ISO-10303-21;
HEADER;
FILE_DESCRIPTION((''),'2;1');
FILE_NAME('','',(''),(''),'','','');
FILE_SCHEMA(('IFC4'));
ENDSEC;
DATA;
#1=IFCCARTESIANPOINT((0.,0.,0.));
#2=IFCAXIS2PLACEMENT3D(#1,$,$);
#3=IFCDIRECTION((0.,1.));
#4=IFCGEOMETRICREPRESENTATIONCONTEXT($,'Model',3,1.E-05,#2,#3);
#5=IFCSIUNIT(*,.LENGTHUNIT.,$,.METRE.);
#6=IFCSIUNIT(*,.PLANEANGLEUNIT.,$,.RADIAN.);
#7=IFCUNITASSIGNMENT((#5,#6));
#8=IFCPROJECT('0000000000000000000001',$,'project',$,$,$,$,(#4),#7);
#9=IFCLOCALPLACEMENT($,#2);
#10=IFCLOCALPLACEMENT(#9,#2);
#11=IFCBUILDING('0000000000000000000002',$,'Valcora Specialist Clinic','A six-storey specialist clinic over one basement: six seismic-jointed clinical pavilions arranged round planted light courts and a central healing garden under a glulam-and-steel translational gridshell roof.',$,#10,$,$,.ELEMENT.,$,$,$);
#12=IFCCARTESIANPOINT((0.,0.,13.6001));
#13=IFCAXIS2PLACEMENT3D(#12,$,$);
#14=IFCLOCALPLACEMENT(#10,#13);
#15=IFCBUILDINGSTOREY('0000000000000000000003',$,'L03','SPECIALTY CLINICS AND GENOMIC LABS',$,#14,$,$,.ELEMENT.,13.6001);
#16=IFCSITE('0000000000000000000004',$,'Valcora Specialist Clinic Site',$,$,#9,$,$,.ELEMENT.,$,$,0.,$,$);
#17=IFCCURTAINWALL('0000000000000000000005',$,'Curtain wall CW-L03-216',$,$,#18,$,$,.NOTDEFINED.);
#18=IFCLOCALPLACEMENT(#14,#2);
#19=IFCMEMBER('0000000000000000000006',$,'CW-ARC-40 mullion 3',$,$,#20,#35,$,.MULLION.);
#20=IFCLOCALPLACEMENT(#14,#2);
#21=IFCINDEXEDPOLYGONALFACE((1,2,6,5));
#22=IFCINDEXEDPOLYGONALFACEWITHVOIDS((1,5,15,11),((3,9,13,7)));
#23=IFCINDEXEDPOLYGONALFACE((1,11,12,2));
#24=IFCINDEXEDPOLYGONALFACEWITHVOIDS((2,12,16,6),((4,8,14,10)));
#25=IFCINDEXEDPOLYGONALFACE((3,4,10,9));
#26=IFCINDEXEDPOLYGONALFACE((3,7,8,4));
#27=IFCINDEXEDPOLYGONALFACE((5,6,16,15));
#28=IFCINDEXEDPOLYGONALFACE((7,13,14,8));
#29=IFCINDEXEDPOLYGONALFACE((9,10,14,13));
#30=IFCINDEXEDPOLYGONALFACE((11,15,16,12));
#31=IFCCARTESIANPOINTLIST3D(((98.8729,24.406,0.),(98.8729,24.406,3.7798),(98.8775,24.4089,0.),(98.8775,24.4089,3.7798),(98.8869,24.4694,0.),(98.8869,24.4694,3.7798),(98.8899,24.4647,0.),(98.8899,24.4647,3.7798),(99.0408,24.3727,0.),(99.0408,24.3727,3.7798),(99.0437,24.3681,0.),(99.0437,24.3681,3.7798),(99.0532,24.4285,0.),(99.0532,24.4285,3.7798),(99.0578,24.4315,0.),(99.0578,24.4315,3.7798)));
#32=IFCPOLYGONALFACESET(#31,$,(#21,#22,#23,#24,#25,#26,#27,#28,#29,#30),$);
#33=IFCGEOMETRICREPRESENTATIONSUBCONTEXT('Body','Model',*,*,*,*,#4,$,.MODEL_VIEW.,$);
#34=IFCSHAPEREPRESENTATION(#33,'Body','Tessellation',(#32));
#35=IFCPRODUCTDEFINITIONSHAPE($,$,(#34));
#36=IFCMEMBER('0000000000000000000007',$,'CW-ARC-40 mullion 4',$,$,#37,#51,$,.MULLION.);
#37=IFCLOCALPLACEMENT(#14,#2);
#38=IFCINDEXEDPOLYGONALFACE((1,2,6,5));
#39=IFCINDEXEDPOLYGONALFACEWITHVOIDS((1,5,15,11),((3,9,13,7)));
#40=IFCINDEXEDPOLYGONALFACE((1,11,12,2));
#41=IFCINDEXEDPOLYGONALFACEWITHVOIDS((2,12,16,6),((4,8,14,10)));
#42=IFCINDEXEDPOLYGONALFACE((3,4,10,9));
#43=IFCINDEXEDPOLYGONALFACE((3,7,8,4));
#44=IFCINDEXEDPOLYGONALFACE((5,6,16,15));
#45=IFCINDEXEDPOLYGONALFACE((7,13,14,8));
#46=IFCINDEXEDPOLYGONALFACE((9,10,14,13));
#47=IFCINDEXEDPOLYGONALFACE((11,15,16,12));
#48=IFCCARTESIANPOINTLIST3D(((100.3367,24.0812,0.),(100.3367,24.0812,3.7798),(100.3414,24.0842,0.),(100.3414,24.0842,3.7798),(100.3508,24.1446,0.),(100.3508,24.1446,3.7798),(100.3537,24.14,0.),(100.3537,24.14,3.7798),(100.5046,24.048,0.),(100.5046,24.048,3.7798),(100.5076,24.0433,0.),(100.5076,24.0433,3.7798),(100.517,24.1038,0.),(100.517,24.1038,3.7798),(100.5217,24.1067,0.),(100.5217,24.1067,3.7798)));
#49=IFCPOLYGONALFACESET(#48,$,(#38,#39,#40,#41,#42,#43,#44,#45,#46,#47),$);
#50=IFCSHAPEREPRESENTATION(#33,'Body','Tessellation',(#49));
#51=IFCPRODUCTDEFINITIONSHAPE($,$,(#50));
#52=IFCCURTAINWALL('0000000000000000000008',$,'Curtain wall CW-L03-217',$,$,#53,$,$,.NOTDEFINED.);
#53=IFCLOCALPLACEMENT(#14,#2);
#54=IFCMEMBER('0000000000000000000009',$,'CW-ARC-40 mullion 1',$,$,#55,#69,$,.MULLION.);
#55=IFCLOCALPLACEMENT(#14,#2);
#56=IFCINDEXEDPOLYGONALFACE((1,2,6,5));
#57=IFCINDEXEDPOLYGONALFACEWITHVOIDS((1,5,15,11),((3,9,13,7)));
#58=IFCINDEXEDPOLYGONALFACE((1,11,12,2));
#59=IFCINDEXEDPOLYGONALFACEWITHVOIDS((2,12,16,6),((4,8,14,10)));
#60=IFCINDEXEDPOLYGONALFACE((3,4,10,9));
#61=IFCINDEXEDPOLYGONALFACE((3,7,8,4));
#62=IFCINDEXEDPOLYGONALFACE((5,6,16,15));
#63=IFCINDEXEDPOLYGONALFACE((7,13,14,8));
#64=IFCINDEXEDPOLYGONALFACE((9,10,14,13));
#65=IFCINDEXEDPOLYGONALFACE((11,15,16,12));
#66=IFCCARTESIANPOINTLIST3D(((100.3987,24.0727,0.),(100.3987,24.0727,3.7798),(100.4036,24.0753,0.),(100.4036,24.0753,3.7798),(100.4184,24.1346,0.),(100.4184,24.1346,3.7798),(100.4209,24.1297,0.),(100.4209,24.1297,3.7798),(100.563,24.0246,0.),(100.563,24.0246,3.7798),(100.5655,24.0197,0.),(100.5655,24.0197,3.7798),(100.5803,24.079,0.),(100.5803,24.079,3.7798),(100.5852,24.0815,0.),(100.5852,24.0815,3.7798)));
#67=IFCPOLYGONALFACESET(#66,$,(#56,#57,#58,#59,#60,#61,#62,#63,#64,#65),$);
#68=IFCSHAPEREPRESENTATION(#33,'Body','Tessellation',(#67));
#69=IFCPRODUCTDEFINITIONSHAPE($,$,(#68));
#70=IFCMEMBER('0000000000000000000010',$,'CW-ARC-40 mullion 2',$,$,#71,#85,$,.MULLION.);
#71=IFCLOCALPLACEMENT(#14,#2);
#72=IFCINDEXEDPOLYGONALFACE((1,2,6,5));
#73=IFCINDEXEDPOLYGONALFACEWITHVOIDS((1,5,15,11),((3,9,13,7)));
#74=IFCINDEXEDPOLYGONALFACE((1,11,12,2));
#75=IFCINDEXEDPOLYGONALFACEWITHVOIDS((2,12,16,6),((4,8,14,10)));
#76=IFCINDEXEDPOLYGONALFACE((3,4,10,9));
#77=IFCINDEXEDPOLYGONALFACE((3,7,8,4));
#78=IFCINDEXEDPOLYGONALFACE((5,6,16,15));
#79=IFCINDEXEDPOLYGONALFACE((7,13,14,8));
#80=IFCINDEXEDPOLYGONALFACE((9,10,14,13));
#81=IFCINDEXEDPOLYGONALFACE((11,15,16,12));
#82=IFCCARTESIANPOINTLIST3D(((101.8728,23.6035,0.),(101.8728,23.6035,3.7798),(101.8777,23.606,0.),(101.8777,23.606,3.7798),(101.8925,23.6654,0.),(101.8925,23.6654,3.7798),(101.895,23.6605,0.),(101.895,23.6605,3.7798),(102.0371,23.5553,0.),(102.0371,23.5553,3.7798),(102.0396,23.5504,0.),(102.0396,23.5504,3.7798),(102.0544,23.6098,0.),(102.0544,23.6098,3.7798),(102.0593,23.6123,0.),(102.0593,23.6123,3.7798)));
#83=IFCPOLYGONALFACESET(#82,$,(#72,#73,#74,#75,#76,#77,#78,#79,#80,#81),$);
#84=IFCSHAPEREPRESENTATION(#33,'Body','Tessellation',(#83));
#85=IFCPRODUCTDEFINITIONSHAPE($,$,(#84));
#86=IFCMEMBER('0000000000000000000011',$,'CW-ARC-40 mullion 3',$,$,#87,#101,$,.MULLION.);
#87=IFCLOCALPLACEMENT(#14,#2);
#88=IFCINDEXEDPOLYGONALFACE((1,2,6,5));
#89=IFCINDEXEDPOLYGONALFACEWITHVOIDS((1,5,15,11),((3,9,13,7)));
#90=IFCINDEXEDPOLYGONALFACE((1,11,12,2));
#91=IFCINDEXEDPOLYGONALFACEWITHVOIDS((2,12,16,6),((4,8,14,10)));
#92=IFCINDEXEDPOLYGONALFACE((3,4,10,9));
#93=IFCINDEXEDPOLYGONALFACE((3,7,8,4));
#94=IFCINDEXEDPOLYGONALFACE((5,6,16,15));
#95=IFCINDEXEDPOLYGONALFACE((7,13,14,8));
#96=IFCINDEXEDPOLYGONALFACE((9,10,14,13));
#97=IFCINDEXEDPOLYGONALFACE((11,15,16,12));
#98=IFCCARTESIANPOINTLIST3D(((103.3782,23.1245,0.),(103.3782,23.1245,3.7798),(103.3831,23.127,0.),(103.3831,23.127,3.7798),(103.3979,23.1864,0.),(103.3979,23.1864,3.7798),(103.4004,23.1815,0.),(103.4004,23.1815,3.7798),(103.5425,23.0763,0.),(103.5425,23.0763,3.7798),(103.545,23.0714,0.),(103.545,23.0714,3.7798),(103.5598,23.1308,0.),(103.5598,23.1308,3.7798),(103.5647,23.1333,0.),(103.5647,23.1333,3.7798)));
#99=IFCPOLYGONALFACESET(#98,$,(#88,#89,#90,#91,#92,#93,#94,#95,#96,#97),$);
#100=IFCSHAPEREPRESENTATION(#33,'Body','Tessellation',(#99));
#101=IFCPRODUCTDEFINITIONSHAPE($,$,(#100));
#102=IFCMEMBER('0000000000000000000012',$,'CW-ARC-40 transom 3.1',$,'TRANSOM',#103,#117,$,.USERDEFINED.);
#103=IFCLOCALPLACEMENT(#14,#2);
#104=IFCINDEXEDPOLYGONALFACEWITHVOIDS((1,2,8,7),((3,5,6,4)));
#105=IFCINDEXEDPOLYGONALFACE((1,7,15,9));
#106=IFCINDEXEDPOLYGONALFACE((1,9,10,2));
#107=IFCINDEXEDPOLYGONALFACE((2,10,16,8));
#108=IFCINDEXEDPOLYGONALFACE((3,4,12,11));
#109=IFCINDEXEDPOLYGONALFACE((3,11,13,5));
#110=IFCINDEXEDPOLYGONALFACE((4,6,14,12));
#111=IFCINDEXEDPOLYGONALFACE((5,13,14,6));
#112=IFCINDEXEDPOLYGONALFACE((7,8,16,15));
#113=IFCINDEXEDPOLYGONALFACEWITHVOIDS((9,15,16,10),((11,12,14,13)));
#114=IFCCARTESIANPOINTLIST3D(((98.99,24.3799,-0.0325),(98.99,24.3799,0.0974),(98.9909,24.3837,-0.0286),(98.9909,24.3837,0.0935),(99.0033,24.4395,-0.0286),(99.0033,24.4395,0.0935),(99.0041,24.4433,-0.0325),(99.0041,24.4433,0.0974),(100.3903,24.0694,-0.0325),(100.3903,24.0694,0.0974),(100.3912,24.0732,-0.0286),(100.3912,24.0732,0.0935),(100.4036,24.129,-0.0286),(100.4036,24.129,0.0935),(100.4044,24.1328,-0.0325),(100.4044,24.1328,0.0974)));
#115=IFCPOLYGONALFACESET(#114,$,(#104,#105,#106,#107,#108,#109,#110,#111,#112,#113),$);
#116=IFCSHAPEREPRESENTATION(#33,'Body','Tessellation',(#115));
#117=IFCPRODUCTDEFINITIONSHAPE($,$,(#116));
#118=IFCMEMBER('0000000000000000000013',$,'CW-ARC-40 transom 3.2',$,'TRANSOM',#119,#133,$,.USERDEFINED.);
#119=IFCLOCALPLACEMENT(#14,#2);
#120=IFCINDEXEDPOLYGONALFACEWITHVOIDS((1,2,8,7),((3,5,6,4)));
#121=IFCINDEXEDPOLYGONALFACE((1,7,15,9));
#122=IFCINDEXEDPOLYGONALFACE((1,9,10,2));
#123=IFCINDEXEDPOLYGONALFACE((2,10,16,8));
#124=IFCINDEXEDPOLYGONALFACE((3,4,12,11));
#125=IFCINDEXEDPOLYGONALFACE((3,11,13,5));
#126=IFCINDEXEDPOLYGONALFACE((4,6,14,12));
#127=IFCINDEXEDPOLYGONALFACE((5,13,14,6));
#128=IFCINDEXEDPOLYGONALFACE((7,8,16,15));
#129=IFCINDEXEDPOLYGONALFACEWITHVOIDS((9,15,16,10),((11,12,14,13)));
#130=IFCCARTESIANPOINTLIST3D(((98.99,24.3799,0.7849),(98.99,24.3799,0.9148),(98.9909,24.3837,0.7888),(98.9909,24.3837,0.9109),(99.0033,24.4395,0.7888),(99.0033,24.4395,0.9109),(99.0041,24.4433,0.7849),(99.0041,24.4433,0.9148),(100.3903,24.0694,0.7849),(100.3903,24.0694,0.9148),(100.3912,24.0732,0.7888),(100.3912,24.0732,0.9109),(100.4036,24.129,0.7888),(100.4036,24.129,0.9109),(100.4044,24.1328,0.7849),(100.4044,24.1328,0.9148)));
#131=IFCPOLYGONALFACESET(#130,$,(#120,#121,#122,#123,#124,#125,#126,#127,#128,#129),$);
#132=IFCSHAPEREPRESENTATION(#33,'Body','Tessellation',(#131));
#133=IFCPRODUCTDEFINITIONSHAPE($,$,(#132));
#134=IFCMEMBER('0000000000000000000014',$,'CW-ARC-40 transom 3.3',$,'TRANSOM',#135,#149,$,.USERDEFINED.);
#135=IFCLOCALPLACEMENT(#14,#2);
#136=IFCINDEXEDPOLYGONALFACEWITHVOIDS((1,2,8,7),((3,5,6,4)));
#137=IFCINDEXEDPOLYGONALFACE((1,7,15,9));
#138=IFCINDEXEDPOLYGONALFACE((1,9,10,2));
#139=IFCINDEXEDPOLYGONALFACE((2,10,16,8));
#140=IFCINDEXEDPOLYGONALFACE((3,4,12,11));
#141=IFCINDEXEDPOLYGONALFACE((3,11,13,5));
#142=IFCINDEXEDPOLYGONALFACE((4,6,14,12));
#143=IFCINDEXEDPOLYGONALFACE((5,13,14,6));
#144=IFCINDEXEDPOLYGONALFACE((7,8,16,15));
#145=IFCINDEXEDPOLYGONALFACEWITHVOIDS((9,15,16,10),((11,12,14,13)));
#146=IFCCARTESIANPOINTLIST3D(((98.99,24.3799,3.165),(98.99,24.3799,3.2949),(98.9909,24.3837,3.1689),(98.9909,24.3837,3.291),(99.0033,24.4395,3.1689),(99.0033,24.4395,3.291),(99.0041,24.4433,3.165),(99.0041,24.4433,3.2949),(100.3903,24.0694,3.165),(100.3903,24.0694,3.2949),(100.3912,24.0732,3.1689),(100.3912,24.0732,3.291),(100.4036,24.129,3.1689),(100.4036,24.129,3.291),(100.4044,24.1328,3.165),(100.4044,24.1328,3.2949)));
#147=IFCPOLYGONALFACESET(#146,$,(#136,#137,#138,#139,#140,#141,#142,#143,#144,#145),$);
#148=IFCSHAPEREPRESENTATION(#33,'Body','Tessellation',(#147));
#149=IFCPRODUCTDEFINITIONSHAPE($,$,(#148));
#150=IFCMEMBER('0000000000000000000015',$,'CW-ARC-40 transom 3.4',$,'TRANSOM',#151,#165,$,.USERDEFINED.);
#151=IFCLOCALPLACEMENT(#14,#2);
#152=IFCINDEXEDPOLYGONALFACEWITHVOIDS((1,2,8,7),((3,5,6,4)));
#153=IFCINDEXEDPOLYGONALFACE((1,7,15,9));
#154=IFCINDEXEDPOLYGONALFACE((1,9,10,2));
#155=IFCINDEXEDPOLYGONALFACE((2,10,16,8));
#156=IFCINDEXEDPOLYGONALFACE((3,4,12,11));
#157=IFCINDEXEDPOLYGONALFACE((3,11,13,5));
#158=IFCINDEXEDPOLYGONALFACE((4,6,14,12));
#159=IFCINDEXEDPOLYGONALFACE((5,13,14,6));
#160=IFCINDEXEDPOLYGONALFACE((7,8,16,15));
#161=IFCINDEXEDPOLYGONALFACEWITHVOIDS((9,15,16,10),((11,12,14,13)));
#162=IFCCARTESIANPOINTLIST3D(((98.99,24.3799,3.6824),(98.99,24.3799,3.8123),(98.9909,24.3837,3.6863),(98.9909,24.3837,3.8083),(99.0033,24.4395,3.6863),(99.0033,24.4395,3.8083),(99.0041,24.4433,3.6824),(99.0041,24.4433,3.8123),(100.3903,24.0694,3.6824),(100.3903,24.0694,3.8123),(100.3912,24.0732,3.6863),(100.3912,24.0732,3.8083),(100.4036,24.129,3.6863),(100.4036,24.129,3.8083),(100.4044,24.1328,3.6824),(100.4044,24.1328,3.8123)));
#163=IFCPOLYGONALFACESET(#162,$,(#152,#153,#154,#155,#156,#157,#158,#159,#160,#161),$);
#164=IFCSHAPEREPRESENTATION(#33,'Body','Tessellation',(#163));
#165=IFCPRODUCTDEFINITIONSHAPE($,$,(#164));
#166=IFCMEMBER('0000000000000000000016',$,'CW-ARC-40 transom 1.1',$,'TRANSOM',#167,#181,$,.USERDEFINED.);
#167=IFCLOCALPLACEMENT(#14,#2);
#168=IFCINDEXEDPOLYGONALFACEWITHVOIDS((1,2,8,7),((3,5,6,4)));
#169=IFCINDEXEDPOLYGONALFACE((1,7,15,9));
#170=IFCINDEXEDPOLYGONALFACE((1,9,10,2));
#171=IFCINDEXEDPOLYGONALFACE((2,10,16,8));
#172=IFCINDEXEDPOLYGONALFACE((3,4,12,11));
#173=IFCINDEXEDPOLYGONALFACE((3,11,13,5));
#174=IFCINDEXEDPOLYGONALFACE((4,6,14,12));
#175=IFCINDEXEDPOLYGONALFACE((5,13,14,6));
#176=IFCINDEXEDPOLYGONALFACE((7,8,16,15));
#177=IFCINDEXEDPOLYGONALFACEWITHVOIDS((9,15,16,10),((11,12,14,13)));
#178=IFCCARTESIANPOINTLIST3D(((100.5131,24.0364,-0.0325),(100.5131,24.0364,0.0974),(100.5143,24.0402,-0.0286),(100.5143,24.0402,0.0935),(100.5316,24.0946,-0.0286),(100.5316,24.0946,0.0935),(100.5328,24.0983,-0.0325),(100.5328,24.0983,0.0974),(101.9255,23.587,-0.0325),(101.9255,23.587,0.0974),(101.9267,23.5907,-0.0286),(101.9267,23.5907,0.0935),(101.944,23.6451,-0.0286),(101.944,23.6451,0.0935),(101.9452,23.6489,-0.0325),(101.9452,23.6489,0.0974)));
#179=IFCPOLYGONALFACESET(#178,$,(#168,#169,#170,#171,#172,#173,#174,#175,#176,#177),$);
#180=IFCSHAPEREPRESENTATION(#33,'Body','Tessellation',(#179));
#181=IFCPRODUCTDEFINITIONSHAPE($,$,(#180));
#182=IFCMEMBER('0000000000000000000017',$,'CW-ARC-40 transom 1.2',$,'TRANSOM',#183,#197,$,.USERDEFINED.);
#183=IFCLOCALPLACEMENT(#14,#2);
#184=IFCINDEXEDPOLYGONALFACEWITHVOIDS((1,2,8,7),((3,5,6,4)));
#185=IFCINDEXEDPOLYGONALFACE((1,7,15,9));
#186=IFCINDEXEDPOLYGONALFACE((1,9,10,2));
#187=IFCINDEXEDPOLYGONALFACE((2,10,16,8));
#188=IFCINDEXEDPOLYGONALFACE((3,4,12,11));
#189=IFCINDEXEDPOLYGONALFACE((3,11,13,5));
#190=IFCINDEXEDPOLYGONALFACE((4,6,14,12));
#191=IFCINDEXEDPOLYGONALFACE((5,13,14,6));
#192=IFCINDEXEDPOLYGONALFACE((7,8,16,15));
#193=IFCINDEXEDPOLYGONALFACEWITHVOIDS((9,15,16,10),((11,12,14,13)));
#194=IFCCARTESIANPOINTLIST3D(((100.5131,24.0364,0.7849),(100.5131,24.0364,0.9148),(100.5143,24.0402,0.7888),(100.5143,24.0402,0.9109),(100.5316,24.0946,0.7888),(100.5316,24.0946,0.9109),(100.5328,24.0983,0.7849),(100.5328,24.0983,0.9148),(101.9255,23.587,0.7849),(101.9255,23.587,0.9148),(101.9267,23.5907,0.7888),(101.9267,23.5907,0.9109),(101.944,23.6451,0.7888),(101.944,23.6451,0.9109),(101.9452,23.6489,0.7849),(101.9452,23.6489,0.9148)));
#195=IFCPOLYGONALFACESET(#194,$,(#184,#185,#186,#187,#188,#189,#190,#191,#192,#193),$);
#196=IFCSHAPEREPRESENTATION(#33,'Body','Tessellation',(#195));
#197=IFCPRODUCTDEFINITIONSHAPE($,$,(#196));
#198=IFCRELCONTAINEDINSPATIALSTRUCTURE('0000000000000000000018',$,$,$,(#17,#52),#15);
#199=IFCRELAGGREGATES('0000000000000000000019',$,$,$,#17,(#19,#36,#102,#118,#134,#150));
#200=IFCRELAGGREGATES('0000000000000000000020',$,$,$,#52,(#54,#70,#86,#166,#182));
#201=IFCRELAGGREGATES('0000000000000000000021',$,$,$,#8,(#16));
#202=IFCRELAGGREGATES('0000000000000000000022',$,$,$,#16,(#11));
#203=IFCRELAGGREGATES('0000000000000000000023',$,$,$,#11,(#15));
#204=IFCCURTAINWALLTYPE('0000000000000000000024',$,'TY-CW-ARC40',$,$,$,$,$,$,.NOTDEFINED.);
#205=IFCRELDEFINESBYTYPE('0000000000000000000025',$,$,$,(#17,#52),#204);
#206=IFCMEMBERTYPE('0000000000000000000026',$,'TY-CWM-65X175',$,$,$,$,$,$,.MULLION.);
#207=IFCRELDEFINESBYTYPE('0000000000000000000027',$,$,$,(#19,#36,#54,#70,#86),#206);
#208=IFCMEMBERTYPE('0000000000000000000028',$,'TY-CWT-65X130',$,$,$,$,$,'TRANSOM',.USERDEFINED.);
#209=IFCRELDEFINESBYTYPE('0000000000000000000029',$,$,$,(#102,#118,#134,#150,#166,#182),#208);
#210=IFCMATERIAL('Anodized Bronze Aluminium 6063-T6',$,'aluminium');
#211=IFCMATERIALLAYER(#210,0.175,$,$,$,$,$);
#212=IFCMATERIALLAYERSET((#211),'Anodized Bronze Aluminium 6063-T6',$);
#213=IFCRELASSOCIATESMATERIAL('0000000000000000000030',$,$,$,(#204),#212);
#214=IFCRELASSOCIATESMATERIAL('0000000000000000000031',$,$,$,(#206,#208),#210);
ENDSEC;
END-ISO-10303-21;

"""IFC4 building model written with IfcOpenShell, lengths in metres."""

from ifc_helpers import new_model, si_unit, direction, frame, origin, origin_2d, place, context, subcontext, project, spatial, hollow_rectangle, extrude, material, layer, layer_set, material_profile, profile_set, type_object, element, aggregate, save


model = new_model("IFC4")

# Units and contexts
model_context = context("Model", 3, precision=1e-05, world=origin(), true_north=direction((0.0, 1.0)))
body_context = subcontext(model_context, "Body", "Model", "MODEL_VIEW")
ifc_project = project(units=[si_unit("LENGTHUNIT", "METRE"), si_unit("PLANEANGLEUNIT", "RADIAN")], contexts=[model_context])

# Site, building, storey
site_placement = place(None, origin())
site = spatial("IfcSite", under=ifc_project, at=site_placement, Name="Valcora Specialist Clinic Site", CompositionType="ELEMENT", RefElevation=0.0)
building_placement = place(site_placement, origin())
building = spatial("IfcBuilding", under=site, at=building_placement, Name="Valcora Specialist Clinic", Description="A six-storey specialist clinic over one basement: six seismic-jointed clinical pavilions arranged round planted light courts and a central healing garden under a glulam-and-steel translational gridshell roof.", CompositionType="ELEMENT")
storey_placement = place(building_placement, frame((0.0, 0.0, 13.6001)))
storey = spatial("IfcBuildingStorey", under=building, at=storey_placement, Name="L03", Description="SPECIALTY CLINICS AND GENOMIC LABS", CompositionType="ELEMENT", Elevation=13.6001)

# Curtain walls, members
ifc_material_1 = material(Name="Anodized Bronze Aluminium 6063-T6", Category="aluminium")
ifc_layer_1 = layer(ifc_material_1, 0.175)
ifc_layer_set_1 = layer_set([ifc_layer_1], Name="Anodized Bronze Aluminium 6063-T6")
curtain_wall_type = type_object("IfcCurtainWallType", Name="TY-CW-ARC40", PredefinedType="NOTDEFINED", material=ifc_layer_set_1)
curtain_wall_1_placement = place(storey_placement, origin())
curtain_wall_1 = element("IfcCurtainWall", 1, at=curtain_wall_1_placement, inside=storey, type_object=curtain_wall_type, Name="Curtain wall CW-L03-216", PredefinedType="NOTDEFINED")
ifc_material_profile_1 = material_profile(ifc_material_1, hollow_rectangle(XDim=0.0649, YDim=0.175, WallThickness=0.0039, at=origin_2d()), Name="AL-MUL-65X175")
ifc_profile_set_1 = profile_set([ifc_material_profile_1], Name="Anodized Bronze Aluminium 6063-T6")
member_type_1 = type_object("IfcMemberType", Name="TY-CWM-65X175", PredefinedType="MULLION", material=ifc_profile_set_1)
member_1_placement = place(storey_placement, frame((98.9653, 24.4187, 0.0), z_axis=(0.0, 0.0, 1.0), x_axis=(0.216518, 0.976279, 0.0)))
member_1 = element("IfcMember", 2, at=member_1_placement, type_object=member_type_1, Name="CW-ARC-40 mullion 3", PredefinedType="MULLION", context=body_context, shape_type="SweptSolid", body=[
    extrude(hollow_rectangle(XDim=0.0649, YDim=0.175, WallThickness=0.0039, at=origin_2d()), origin(), (0.0, 0.0, 1.0), 3.7798),
])
member_2_placement = place(storey_placement, frame((100.4292, 24.094, 0.0), z_axis=(0.0, 0.0, 1.0), x_axis=(0.216518, 0.976279, 0.0)))
member_2 = element("IfcMember", 3, at=member_2_placement, type_object=member_type_1, Name="CW-ARC-40 mullion 4", PredefinedType="MULLION", context=body_context, shape_type="SweptSolid", body=[
    extrude(hollow_rectangle(XDim=0.0649, YDim=0.175, WallThickness=0.0039, at=origin_2d()), origin(), (0.0, 0.0, 1.0), 3.7798),
])
curtain_wall_2_placement = place(storey_placement, origin())
curtain_wall_2 = element("IfcCurtainWall", 4, at=curtain_wall_2_placement, inside=storey, type_object=curtain_wall_type, Name="Curtain wall CW-L03-217", PredefinedType="NOTDEFINED")
member_3_placement = place(storey_placement, frame((100.4919, 24.0771, 0.0), z_axis=(0.0, 0.0, 1.0), x_axis=(0.303233, 0.952916, 0.0)))
member_3 = element("IfcMember", 5, at=member_3_placement, type_object=member_type_1, Name="CW-ARC-40 mullion 1", PredefinedType="MULLION", context=body_context, shape_type="SweptSolid", body=[
    extrude(hollow_rectangle(XDim=0.0649, YDim=0.175, WallThickness=0.0039, at=origin_2d()), origin(), (0.0, 0.0, 1.0), 3.7798),
])
member_4_placement = place(storey_placement, frame((101.9661, 23.6079, 0.0), z_axis=(0.0, 0.0, 1.0), x_axis=(0.303233, 0.952916, 0.0)))
member_4 = element("IfcMember", 6, at=member_4_placement, type_object=member_type_1, Name="CW-ARC-40 mullion 2", PredefinedType="MULLION", context=body_context, shape_type="SweptSolid", body=[
    extrude(hollow_rectangle(XDim=0.0649, YDim=0.175, WallThickness=0.0039, at=origin_2d()), origin(), (0.0, 0.0, 1.0), 3.7798),
])
member_5_placement = place(storey_placement, frame((103.4714, 23.1289, 0.0), z_axis=(0.0, 0.0, 1.0), x_axis=(0.303233, 0.952916, 0.0)))
member_5 = element("IfcMember", 7, at=member_5_placement, type_object=member_type_1, Name="CW-ARC-40 mullion 3", PredefinedType="MULLION", context=body_context, shape_type="SweptSolid", body=[
    extrude(hollow_rectangle(XDim=0.0649, YDim=0.175, WallThickness=0.0039, at=origin_2d()), origin(), (0.0, 0.0, 1.0), 3.7798),
])

# Members
ifc_material_profile_2 = material_profile(ifc_material_1, hollow_rectangle(XDim=0.0649, YDim=0.1299, WallThickness=0.0039, at=origin_2d()), Name="AL-TRN-65X130")
ifc_profile_set_2 = profile_set([ifc_material_profile_2], Name="Anodized Bronze Aluminium 6063-T6")
member_type_2 = type_object("IfcMemberType", Name="TY-CWT-65X130", ElementType="TRANSOM", PredefinedType="USERDEFINED", material=ifc_profile_set_2)
member_6_placement = place(storey_placement, frame((98.9971, 24.4116, 0.0325), z_axis=(0.976283, -0.216498, 0.0), x_axis=(0.216498, 0.976283, 0.0)))
member_6 = element("IfcMember", 8, at=member_6_placement, type_object=member_type_2, Name="CW-ARC-40 transom 3.1", ObjectType="TRANSOM", PredefinedType="USERDEFINED", context=body_context, shape_type="SweptSolid", body=[
    extrude(hollow_rectangle(XDim=0.0649, YDim=0.1299, WallThickness=0.0039, at=origin_2d()), origin(), (0.0, 0.0, 1.0), 1.4343),
])
member_7_placement = place(storey_placement, frame((98.9971, 24.4116, 0.8499), z_axis=(0.976283, -0.216498, 0.0), x_axis=(0.216498, 0.976283, 0.0)))
member_7 = element("IfcMember", 9, at=member_7_placement, type_object=member_type_2, Name="CW-ARC-40 transom 3.2", ObjectType="TRANSOM", PredefinedType="USERDEFINED", context=body_context, shape_type="SweptSolid", body=[
    extrude(hollow_rectangle(XDim=0.0649, YDim=0.1299, WallThickness=0.0039, at=origin_2d()), origin(), (0.0, 0.0, 1.0), 1.4343),
])
member_8_placement = place(storey_placement, frame((98.9971, 24.4116, 3.23), z_axis=(0.976283, -0.216498, 0.0), x_axis=(0.216498, 0.976283, 0.0)))
member_8 = element("IfcMember", 10, at=member_8_placement, type_object=member_type_2, Name="CW-ARC-40 transom 3.3", ObjectType="TRANSOM", PredefinedType="USERDEFINED", context=body_context, shape_type="SweptSolid", body=[
    extrude(hollow_rectangle(XDim=0.0649, YDim=0.1299, WallThickness=0.0039, at=origin_2d()), origin(), (0.0, 0.0, 1.0), 1.4343),
])
member_9_placement = place(storey_placement, frame((98.9971, 24.4116, 3.7473), z_axis=(0.976283, -0.216498, 0.0), x_axis=(0.216498, 0.976283, 0.0)))
member_9 = element("IfcMember", 11, at=member_9_placement, type_object=member_type_2, Name="CW-ARC-40 transom 3.4", ObjectType="TRANSOM", PredefinedType="USERDEFINED", context=body_context, shape_type="SweptSolid", body=[
    extrude(hollow_rectangle(XDim=0.0649, YDim=0.1299, WallThickness=0.0039, at=origin_2d()), origin(), (0.0, 0.0, 1.0), 1.4343),
])
member_10_placement = place(storey_placement, frame((100.5229, 24.0674, 0.0325), z_axis=(0.952911, -0.303251, 0.0), x_axis=(0.303251, 0.952911, 0.0)))
member_10 = element("IfcMember", 12, at=member_10_placement, type_object=member_type_2, Name="CW-ARC-40 transom 1.1", ObjectType="TRANSOM", PredefinedType="USERDEFINED", context=body_context, shape_type="SweptSolid", body=[
    extrude(hollow_rectangle(XDim=0.0649, YDim=0.1299, WallThickness=0.0039, at=origin_2d()), origin(), (0.0, 0.0, 1.0), 1.4822),
])
member_11_placement = place(storey_placement, frame((100.5229, 24.0674, 0.8499), z_axis=(0.952911, -0.303251, 0.0), x_axis=(0.303251, 0.952911, 0.0)))
member_11 = element("IfcMember", 13, at=member_11_placement, type_object=member_type_2, Name="CW-ARC-40 transom 1.2", ObjectType="TRANSOM", PredefinedType="USERDEFINED", context=body_context, shape_type="SweptSolid", body=[
    extrude(hollow_rectangle(XDim=0.0649, YDim=0.1299, WallThickness=0.0039, at=origin_2d()), origin(), (0.0, 0.0, 1.0), 1.4822),
])

aggregate(curtain_wall_1, [member_1, member_2, member_6, member_7, member_8, member_9])
aggregate(curtain_wall_2, [member_3, member_4, member_5, member_10, member_11])

save(model, "model.ifc")
